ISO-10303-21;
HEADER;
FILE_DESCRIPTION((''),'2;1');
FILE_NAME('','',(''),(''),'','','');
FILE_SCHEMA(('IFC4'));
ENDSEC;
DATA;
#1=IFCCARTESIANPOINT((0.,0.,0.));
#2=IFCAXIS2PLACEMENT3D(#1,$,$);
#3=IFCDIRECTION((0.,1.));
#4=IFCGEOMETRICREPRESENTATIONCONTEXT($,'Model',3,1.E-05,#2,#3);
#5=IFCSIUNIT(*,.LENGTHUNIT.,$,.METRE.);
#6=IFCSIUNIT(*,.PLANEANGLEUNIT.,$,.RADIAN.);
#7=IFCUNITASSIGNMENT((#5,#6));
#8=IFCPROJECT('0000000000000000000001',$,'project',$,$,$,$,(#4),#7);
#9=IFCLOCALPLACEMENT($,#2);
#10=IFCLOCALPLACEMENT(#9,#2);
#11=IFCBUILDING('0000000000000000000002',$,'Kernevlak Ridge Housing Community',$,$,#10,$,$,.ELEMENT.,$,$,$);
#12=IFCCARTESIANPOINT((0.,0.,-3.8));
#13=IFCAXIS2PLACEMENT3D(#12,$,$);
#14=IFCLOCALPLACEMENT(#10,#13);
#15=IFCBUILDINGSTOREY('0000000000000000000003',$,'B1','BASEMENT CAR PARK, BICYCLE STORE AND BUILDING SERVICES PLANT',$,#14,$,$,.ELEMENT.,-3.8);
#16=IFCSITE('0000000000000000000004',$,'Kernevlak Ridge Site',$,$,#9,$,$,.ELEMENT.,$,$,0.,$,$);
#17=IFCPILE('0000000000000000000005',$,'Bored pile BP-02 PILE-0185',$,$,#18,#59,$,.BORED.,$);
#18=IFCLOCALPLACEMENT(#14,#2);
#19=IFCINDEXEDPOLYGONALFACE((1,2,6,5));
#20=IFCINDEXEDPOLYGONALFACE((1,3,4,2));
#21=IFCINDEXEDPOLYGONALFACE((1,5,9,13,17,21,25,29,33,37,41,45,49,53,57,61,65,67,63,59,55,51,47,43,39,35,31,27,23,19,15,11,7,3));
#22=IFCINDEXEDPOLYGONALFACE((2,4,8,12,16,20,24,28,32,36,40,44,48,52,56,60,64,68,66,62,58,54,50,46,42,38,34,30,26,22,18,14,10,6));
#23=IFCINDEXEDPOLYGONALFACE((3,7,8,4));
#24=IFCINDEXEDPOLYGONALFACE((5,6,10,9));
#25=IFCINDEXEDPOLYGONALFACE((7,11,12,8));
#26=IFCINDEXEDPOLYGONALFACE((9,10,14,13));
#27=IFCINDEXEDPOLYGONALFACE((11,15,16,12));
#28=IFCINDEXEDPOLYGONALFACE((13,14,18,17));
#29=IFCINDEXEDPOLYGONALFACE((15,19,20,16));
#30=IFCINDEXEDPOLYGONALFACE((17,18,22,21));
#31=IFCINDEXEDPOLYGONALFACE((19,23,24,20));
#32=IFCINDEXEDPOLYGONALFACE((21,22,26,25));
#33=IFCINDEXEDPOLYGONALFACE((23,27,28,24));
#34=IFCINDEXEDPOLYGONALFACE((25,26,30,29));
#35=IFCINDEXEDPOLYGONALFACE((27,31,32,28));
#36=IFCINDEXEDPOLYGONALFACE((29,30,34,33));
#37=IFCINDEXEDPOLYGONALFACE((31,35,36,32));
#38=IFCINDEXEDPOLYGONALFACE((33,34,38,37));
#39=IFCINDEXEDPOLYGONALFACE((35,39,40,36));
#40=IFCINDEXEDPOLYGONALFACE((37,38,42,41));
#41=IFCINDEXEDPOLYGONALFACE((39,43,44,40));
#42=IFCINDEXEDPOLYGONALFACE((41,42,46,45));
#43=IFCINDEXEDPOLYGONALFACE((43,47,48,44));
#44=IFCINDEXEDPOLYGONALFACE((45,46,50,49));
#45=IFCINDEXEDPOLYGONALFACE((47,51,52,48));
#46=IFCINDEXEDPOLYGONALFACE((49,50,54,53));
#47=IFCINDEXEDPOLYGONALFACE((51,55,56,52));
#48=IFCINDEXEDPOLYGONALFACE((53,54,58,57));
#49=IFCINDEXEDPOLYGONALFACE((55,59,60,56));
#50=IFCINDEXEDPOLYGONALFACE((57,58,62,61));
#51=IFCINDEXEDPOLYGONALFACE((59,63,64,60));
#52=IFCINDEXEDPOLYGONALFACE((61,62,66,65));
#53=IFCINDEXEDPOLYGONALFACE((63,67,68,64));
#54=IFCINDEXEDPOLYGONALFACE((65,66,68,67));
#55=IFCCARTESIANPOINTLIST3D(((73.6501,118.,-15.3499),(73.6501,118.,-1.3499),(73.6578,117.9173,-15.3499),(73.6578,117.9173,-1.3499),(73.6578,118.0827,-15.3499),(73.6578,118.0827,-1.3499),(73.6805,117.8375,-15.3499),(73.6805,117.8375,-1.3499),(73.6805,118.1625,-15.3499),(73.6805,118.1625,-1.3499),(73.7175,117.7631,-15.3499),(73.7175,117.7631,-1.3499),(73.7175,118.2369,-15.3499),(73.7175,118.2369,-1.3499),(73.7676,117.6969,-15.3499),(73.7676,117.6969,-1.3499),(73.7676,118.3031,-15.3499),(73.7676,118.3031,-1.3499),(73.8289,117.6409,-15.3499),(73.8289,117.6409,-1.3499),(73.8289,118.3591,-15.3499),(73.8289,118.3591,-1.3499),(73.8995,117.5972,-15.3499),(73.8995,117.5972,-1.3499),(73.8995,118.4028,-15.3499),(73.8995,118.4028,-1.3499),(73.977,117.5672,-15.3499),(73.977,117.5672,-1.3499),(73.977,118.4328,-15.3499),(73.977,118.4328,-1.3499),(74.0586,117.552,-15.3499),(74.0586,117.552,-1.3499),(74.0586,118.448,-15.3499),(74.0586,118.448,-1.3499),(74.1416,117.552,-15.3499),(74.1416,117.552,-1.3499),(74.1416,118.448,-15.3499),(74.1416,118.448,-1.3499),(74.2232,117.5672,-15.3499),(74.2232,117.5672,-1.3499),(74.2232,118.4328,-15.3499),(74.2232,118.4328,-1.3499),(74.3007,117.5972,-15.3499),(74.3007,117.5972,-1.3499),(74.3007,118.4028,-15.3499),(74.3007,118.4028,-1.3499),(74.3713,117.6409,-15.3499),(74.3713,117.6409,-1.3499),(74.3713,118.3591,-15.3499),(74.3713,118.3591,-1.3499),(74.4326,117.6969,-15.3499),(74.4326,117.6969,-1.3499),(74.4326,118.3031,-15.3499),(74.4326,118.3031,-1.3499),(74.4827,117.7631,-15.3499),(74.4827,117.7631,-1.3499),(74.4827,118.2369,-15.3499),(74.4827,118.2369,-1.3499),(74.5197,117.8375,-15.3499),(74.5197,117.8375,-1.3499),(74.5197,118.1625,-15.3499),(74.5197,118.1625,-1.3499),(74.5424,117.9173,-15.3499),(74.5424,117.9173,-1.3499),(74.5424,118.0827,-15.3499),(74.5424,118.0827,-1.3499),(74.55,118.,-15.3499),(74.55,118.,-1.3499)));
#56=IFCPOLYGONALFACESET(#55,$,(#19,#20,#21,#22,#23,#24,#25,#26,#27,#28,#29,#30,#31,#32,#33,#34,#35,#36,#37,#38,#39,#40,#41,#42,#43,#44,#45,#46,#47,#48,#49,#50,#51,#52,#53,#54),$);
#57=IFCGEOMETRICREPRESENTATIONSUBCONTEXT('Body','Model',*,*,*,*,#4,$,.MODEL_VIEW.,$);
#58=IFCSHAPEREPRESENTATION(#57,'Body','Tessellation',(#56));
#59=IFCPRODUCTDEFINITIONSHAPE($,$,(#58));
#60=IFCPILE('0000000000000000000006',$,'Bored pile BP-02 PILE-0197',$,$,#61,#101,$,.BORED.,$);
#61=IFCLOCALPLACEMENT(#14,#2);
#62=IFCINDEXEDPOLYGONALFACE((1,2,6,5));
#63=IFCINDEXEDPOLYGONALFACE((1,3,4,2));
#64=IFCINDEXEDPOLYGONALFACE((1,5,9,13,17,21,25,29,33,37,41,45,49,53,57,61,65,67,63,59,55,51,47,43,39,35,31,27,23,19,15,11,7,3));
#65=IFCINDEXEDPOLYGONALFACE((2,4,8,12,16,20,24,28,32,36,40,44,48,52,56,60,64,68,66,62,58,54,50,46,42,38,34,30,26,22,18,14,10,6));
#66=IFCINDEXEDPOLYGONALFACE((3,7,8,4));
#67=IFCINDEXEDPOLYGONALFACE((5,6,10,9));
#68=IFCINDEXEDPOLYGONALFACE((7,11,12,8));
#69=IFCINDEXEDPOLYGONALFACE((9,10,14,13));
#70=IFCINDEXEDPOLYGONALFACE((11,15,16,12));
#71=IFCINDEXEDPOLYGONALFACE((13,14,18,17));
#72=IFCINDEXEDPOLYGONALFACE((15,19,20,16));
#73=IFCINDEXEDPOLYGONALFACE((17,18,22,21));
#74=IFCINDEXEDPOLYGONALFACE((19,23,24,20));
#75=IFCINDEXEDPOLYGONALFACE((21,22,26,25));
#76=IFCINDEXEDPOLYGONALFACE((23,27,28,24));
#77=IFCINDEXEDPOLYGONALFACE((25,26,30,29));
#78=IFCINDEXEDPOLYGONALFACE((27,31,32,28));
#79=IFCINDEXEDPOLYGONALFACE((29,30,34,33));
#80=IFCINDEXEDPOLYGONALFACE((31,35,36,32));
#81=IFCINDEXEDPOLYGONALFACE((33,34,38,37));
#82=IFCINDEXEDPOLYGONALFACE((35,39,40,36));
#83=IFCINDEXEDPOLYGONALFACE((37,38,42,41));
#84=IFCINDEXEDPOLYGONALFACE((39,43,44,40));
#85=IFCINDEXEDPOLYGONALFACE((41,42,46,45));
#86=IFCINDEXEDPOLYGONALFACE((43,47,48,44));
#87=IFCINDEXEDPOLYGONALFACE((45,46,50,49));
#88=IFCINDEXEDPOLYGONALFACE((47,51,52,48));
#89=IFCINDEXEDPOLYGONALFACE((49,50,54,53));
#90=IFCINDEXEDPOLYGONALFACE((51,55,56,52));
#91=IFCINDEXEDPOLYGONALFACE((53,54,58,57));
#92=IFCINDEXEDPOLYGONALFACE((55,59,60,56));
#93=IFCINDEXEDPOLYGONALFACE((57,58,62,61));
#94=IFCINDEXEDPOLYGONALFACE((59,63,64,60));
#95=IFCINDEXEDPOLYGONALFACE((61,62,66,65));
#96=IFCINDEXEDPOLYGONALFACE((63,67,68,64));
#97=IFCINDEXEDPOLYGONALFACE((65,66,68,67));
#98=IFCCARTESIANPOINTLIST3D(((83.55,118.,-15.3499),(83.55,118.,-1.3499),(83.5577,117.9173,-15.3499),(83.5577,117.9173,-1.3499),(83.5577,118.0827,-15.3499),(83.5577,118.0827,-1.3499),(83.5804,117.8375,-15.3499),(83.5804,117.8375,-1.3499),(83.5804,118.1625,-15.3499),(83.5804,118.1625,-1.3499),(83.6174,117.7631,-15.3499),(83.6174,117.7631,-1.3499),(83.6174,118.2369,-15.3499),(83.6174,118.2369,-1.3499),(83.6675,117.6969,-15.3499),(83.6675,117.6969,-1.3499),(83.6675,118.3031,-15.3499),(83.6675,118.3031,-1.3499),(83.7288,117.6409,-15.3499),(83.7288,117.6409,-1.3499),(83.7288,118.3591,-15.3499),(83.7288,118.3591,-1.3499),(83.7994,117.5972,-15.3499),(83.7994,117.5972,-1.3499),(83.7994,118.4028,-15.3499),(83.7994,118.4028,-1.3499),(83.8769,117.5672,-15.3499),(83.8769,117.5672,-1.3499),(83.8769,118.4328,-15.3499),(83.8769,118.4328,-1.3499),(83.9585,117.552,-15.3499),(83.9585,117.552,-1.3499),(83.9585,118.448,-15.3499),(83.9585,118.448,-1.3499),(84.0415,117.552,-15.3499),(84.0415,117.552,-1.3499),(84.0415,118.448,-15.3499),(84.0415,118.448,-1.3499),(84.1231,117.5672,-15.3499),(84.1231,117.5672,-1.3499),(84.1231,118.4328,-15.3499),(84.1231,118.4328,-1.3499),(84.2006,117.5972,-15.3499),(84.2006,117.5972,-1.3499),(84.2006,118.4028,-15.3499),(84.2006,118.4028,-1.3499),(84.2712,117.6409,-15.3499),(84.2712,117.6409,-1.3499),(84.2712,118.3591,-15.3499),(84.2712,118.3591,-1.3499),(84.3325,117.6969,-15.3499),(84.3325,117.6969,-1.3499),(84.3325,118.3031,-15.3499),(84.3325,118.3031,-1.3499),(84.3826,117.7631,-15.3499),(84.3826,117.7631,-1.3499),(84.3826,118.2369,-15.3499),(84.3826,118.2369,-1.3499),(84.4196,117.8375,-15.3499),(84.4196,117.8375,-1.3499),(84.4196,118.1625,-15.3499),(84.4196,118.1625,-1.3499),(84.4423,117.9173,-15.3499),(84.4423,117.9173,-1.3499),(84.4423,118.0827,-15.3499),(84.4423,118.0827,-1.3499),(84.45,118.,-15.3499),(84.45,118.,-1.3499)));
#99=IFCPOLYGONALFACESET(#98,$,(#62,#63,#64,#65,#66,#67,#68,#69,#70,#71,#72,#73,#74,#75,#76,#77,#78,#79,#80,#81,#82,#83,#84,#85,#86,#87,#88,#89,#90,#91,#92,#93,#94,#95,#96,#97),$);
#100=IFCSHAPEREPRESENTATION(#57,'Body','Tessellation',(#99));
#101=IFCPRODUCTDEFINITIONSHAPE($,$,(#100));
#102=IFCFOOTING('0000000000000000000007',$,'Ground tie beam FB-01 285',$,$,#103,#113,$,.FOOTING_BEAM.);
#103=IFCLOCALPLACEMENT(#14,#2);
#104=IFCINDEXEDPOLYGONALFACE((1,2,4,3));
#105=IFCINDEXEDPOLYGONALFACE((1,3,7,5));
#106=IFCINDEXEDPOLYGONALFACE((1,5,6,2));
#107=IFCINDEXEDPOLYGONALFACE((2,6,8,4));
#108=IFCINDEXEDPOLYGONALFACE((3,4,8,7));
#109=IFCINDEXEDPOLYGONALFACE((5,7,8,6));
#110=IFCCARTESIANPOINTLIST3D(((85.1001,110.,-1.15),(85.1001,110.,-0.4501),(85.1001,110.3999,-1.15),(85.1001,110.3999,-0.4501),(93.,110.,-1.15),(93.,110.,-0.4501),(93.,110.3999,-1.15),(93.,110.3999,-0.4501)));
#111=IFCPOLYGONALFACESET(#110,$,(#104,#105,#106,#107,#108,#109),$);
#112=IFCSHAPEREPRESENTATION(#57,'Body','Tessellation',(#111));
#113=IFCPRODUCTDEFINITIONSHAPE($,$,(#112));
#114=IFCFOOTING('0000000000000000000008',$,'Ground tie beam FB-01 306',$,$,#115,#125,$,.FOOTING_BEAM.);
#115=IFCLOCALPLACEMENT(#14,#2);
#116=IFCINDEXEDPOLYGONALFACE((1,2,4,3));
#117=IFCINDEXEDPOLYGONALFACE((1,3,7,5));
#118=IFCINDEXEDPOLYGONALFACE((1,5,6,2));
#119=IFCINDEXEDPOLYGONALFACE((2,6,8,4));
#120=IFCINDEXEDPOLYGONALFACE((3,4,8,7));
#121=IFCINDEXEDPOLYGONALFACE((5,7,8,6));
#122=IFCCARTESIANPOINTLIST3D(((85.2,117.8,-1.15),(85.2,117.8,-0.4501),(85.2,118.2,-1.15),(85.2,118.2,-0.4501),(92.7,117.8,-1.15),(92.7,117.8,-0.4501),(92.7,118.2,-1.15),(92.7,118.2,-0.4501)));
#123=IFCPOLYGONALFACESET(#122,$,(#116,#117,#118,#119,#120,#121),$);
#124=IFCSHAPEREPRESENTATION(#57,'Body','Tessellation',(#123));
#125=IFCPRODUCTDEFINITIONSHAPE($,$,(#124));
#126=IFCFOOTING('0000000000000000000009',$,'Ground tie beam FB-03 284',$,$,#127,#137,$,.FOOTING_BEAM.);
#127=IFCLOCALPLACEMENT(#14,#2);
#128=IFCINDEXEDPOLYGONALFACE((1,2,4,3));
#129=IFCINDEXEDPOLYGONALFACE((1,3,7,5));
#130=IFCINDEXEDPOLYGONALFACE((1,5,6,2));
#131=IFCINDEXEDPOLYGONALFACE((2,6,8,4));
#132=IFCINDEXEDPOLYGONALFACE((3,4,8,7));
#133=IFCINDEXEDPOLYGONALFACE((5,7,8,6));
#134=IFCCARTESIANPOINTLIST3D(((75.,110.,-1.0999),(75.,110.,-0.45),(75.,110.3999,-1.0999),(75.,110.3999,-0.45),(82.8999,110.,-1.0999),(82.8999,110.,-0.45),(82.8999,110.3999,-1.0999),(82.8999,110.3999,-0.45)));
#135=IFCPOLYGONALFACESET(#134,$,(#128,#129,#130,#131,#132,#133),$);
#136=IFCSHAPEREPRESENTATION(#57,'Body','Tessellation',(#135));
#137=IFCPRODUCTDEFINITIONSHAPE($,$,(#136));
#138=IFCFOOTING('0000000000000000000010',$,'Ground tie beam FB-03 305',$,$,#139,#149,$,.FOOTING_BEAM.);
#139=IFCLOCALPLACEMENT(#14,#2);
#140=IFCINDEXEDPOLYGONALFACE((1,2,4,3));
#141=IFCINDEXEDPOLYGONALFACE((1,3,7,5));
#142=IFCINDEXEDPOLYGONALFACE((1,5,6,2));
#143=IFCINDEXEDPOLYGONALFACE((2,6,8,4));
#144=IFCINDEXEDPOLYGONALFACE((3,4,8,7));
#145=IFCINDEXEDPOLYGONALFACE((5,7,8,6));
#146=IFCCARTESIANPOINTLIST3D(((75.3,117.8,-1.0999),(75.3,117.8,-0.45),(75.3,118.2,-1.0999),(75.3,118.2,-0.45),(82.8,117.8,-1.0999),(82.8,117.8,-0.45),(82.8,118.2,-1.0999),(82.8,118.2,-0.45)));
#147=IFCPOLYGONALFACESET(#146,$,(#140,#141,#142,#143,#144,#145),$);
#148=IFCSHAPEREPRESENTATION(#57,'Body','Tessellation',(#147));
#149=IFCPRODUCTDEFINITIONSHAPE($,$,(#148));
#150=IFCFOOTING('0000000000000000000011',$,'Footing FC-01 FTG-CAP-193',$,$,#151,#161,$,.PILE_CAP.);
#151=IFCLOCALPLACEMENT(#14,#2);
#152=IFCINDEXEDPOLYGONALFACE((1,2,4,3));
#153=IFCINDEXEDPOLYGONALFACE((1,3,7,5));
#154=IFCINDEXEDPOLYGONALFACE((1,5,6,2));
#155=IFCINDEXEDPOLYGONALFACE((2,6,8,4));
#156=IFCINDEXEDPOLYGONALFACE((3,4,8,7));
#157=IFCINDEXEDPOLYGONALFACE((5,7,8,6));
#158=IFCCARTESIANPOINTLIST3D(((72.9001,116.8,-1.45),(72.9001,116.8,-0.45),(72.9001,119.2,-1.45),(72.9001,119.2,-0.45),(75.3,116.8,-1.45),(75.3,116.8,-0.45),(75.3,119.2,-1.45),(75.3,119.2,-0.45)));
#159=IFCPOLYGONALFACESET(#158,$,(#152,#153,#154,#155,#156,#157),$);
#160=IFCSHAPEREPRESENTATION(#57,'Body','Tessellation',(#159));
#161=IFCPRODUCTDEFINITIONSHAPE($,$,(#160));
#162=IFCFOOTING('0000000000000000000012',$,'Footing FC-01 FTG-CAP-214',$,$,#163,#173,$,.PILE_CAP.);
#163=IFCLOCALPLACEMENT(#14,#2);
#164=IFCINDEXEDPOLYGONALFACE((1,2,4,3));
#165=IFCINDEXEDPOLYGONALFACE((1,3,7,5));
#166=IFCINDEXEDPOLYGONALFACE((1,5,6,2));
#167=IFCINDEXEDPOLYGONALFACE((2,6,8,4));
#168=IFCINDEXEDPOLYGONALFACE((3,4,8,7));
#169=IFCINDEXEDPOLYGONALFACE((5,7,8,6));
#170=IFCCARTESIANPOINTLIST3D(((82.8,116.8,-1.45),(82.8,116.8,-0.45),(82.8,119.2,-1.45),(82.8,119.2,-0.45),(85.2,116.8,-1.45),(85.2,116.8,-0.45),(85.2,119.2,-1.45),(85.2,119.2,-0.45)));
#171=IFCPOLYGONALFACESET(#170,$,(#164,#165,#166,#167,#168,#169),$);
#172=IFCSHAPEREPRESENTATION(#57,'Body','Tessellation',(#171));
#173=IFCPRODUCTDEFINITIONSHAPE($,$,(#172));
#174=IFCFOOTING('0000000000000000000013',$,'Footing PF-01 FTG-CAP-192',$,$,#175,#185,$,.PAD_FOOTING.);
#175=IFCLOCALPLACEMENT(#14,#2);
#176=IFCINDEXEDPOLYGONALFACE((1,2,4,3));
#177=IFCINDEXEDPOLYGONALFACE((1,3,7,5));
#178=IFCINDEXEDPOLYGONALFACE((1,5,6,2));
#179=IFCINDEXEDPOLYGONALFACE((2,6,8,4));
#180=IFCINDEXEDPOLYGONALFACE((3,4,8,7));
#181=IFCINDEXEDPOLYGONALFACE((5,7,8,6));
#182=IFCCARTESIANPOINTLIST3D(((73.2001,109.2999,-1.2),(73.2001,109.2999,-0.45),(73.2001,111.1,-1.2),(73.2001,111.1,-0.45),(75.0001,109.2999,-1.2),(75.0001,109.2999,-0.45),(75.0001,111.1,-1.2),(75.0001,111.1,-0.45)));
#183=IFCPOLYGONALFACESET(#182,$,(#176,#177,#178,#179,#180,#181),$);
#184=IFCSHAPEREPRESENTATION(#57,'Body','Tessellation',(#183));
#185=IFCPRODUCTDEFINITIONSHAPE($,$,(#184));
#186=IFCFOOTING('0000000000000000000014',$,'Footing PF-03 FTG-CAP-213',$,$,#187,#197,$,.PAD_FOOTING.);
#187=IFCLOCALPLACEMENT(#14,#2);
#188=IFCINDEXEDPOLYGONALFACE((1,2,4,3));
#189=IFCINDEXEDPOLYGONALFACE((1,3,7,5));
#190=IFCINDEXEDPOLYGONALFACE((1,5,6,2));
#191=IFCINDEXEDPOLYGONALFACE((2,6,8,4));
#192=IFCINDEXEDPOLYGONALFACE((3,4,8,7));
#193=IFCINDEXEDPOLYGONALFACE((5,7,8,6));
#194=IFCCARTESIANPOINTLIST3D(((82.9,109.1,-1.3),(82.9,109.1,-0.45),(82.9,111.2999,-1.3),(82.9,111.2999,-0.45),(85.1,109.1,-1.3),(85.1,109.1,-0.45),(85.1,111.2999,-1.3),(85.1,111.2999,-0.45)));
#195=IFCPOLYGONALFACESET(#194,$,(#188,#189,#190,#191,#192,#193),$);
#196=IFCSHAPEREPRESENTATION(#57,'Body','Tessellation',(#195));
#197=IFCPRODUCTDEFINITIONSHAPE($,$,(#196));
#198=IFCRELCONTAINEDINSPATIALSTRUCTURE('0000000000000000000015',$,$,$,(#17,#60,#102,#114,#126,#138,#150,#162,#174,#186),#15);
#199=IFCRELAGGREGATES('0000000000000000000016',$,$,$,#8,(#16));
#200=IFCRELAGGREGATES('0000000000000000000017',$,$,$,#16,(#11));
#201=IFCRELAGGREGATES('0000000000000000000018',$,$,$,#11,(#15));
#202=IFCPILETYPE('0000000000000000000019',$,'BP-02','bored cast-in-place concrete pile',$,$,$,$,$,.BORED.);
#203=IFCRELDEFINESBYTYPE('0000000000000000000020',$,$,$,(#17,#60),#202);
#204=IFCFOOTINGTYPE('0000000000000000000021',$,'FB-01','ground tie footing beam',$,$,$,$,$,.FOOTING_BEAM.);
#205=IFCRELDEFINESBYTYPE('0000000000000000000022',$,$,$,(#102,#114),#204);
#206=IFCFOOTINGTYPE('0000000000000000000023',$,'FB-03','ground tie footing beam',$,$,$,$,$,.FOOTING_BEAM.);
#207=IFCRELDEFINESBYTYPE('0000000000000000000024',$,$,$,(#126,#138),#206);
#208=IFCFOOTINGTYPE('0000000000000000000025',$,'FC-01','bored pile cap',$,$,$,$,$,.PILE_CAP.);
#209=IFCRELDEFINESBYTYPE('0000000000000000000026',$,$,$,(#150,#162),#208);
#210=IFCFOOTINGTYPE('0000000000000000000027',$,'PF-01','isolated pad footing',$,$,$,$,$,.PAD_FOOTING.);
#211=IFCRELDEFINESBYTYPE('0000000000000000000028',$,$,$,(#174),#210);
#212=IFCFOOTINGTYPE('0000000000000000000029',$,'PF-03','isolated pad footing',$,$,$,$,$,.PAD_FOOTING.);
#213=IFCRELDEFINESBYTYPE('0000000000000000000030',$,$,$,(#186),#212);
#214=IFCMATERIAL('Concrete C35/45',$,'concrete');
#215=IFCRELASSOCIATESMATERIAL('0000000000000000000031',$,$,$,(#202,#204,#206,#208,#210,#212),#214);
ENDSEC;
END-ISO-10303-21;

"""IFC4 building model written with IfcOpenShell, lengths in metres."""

from ifc_helpers import new_model, si_unit, direction, frame, origin, origin_2d, place, context, subcontext, project, spatial, rectangle, circle, extrude, material, material_profile, profile_set, type_object, element, save


model = new_model("IFC4")

# Units and contexts
model_context = context("Model", 3, precision=1e-05, world=origin(), true_north=direction((0.0, 1.0)))
body_context = subcontext(model_context, "Body", "Model", "MODEL_VIEW")
ifc_project = project(units=[si_unit("LENGTHUNIT", "METRE"), si_unit("PLANEANGLEUNIT", "RADIAN")], contexts=[model_context])

# Site, building, storey
site_placement = place(None, origin())
site = spatial("IfcSite", under=ifc_project, at=site_placement, Name="Kernevlak Ridge Site", CompositionType="ELEMENT", RefElevation=0.0)
building_placement = place(site_placement, origin())
building = spatial("IfcBuilding", under=site, at=building_placement, Name="Kernevlak Ridge Housing Community", CompositionType="ELEMENT")
storey_placement = place(building_placement, frame((0.0, 0.0, -3.8)))
storey = spatial("IfcBuildingStorey", under=building, at=storey_placement, Name="B1", Description="BASEMENT CAR PARK, BICYCLE STORE AND BUILDING SERVICES PLANT", CompositionType="ELEMENT", Elevation=-3.8)

# Piles
ifc_material_1 = material(Name="Concrete C35/45", Category="concrete")
ifc_material_profile_1 = material_profile(ifc_material_1, circle(Radius=0.45, at=origin_2d()), Name="BORED PILE 900")
ifc_profile_set_1 = profile_set([ifc_material_profile_1], Name="Concrete C35/45")
pile_type = type_object("IfcPileType", Name="BP-02", Description="bored cast-in-place concrete pile", PredefinedType="BORED", material=ifc_profile_set_1)
for number, where, z_axis, x_axis, name in (
    (1, (74.1001, 118.0, -1.3499), (0.0, 0.0, -1.0), (1.0, 0.0, 0.0), "Bored pile BP-02 PILE-0185"),
    (2, (84.0, 118.0, -1.3499), (0.0, 0.0, -1.0), (1.0, 0.0, 0.0), "Bored pile BP-02 PILE-0197"),
):
    element("IfcPile", number, at=place(storey_placement, frame(where, z_axis=z_axis, x_axis=x_axis)), inside=storey, type_object=pile_type, Name=name, PredefinedType="BORED", context=body_context, shape_type="SweptSolid", body=[
        extrude(circle(Radius=0.45, at=origin_2d()), origin(), (0.0, 0.0, 1.0), 14.0),
    ])

# Footings
ifc_material_profile_2 = material_profile(ifc_material_1, rectangle(XDim=0.3999, YDim=0.7, at=origin_2d()), Name="RC 400x700")
ifc_profile_set_2 = profile_set([ifc_material_profile_2], Name="Concrete C35/45")
footing_type_1 = type_object("IfcFootingType", Name="FB-01", Description="ground tie footing beam", PredefinedType="FOOTING_BEAM", material=ifc_profile_set_2)
footing_1_placement = place(storey_placement, frame((85.1001, 110.2, -0.8), z_axis=(1.0, 0.0, 0.0), x_axis=(0.0, 1.0, 0.0)))
element("IfcFooting", 3, at=footing_1_placement, inside=storey, type_object=footing_type_1, Name="Ground tie beam FB-01 285", PredefinedType="FOOTING_BEAM", context=body_context, shape_type="SweptSolid", body=[
    extrude(rectangle(XDim=0.3999, YDim=0.7, at=origin_2d()), origin(), (0.0, 0.0, 1.0), 7.8999),
])
footing_2_placement = place(storey_placement, frame((85.2, 118.0, -0.8), z_axis=(1.0, 0.0, 0.0), x_axis=(0.0, 1.0, 0.0)))
element("IfcFooting", 4, at=footing_2_placement, inside=storey, type_object=footing_type_1, Name="Ground tie beam FB-01 306", PredefinedType="FOOTING_BEAM", context=body_context, shape_type="SweptSolid", body=[
    extrude(rectangle(XDim=0.3999, YDim=0.7, at=origin_2d()), origin(), (0.0, 0.0, 1.0), 7.5),
])
ifc_material_profile_3 = material_profile(ifc_material_1, rectangle(XDim=0.3999, YDim=0.6499, at=origin_2d()), Name="RC 400x650")
ifc_profile_set_3 = profile_set([ifc_material_profile_3], Name="Concrete C35/45")
footing_type_2 = type_object("IfcFootingType", Name="FB-03", Description="ground tie footing beam", PredefinedType="FOOTING_BEAM", material=ifc_profile_set_3)
footing_3_placement = place(storey_placement, frame((75.0, 110.2, -0.7749), z_axis=(1.0, 0.0, 0.0), x_axis=(0.0, 1.0, 0.0)))
element("IfcFooting", 5, at=footing_3_placement, inside=storey, type_object=footing_type_2, Name="Ground tie beam FB-03 284", PredefinedType="FOOTING_BEAM", context=body_context, shape_type="SweptSolid", body=[
    extrude(rectangle(XDim=0.3999, YDim=0.6499, at=origin_2d()), origin(), (0.0, 0.0, 1.0), 7.8999),
])
footing_4_placement = place(storey_placement, frame((75.3, 118.0, -0.7749), z_axis=(1.0, 0.0, 0.0), x_axis=(0.0, 1.0, 0.0)))
element("IfcFooting", 6, at=footing_4_placement, inside=storey, type_object=footing_type_2, Name="Ground tie beam FB-03 305", PredefinedType="FOOTING_BEAM", context=body_context, shape_type="SweptSolid", body=[
    extrude(rectangle(XDim=0.3999, YDim=0.6499, at=origin_2d()), origin(), (0.0, 0.0, 1.0), 7.5),
])
footing_type_3 = type_object("IfcFootingType", Name="FC-01", Description="bored pile cap", PredefinedType="PILE_CAP", material=ifc_material_1)
for number, where, z_axis, x_axis, name in (
    (7, (74.1001, 118.0, -1.45), (0.0, 0.0, 1.0), (1.0, 0.0, 0.0), "Footing FC-01 FTG-CAP-193"),
    (8, (84.0, 118.0, -1.45), (0.0, 0.0, 1.0), (1.0, 0.0, 0.0), "Footing FC-01 FTG-CAP-214"),
):
    element("IfcFooting", number, at=place(storey_placement, frame(where, z_axis=z_axis, x_axis=x_axis)), inside=storey, type_object=footing_type_3, Name=name, PredefinedType="PILE_CAP", context=body_context, shape_type="SweptSolid", body=[
        extrude(rectangle(XDim=2.3999, YDim=2.3999, at=origin_2d()), origin(), (0.0, 0.0, 1.0), 1.0),
    ])
footing_type_4 = type_object("IfcFootingType", Name="PF-01", Description="isolated pad footing", PredefinedType="PAD_FOOTING", material=ifc_material_1)
footing_5_placement = place(storey_placement, frame((74.1001, 110.2, -1.2), z_axis=(0.0, 0.0, 1.0), x_axis=(1.0, 0.0, 0.0)))
element("IfcFooting", 9, at=footing_5_placement, inside=storey, type_object=footing_type_4, Name="Footing PF-01 FTG-CAP-192", PredefinedType="PAD_FOOTING", context=body_context, shape_type="SweptSolid", body=[
    extrude(rectangle(XDim=1.8, YDim=1.8, at=origin_2d()), origin(), (0.0, 0.0, 1.0), 0.75),
])
footing_type_5 = type_object("IfcFootingType", Name="PF-03", Description="isolated pad footing", PredefinedType="PAD_FOOTING", material=ifc_material_1)
footing_6_placement = place(storey_placement, frame((84.0, 110.2, -1.3), z_axis=(0.0, 0.0, 1.0), x_axis=(1.0, 0.0, 0.0)))
element("IfcFooting", 10, at=footing_6_placement, inside=storey, type_object=footing_type_5, Name="Footing PF-03 FTG-CAP-213", PredefinedType="PAD_FOOTING", context=body_context, shape_type="SweptSolid", body=[
    extrude(rectangle(XDim=2.2, YDim=2.2, at=origin_2d()), origin(), (0.0, 0.0, 1.0), 0.8501),
])

save(model, "model.ifc")
